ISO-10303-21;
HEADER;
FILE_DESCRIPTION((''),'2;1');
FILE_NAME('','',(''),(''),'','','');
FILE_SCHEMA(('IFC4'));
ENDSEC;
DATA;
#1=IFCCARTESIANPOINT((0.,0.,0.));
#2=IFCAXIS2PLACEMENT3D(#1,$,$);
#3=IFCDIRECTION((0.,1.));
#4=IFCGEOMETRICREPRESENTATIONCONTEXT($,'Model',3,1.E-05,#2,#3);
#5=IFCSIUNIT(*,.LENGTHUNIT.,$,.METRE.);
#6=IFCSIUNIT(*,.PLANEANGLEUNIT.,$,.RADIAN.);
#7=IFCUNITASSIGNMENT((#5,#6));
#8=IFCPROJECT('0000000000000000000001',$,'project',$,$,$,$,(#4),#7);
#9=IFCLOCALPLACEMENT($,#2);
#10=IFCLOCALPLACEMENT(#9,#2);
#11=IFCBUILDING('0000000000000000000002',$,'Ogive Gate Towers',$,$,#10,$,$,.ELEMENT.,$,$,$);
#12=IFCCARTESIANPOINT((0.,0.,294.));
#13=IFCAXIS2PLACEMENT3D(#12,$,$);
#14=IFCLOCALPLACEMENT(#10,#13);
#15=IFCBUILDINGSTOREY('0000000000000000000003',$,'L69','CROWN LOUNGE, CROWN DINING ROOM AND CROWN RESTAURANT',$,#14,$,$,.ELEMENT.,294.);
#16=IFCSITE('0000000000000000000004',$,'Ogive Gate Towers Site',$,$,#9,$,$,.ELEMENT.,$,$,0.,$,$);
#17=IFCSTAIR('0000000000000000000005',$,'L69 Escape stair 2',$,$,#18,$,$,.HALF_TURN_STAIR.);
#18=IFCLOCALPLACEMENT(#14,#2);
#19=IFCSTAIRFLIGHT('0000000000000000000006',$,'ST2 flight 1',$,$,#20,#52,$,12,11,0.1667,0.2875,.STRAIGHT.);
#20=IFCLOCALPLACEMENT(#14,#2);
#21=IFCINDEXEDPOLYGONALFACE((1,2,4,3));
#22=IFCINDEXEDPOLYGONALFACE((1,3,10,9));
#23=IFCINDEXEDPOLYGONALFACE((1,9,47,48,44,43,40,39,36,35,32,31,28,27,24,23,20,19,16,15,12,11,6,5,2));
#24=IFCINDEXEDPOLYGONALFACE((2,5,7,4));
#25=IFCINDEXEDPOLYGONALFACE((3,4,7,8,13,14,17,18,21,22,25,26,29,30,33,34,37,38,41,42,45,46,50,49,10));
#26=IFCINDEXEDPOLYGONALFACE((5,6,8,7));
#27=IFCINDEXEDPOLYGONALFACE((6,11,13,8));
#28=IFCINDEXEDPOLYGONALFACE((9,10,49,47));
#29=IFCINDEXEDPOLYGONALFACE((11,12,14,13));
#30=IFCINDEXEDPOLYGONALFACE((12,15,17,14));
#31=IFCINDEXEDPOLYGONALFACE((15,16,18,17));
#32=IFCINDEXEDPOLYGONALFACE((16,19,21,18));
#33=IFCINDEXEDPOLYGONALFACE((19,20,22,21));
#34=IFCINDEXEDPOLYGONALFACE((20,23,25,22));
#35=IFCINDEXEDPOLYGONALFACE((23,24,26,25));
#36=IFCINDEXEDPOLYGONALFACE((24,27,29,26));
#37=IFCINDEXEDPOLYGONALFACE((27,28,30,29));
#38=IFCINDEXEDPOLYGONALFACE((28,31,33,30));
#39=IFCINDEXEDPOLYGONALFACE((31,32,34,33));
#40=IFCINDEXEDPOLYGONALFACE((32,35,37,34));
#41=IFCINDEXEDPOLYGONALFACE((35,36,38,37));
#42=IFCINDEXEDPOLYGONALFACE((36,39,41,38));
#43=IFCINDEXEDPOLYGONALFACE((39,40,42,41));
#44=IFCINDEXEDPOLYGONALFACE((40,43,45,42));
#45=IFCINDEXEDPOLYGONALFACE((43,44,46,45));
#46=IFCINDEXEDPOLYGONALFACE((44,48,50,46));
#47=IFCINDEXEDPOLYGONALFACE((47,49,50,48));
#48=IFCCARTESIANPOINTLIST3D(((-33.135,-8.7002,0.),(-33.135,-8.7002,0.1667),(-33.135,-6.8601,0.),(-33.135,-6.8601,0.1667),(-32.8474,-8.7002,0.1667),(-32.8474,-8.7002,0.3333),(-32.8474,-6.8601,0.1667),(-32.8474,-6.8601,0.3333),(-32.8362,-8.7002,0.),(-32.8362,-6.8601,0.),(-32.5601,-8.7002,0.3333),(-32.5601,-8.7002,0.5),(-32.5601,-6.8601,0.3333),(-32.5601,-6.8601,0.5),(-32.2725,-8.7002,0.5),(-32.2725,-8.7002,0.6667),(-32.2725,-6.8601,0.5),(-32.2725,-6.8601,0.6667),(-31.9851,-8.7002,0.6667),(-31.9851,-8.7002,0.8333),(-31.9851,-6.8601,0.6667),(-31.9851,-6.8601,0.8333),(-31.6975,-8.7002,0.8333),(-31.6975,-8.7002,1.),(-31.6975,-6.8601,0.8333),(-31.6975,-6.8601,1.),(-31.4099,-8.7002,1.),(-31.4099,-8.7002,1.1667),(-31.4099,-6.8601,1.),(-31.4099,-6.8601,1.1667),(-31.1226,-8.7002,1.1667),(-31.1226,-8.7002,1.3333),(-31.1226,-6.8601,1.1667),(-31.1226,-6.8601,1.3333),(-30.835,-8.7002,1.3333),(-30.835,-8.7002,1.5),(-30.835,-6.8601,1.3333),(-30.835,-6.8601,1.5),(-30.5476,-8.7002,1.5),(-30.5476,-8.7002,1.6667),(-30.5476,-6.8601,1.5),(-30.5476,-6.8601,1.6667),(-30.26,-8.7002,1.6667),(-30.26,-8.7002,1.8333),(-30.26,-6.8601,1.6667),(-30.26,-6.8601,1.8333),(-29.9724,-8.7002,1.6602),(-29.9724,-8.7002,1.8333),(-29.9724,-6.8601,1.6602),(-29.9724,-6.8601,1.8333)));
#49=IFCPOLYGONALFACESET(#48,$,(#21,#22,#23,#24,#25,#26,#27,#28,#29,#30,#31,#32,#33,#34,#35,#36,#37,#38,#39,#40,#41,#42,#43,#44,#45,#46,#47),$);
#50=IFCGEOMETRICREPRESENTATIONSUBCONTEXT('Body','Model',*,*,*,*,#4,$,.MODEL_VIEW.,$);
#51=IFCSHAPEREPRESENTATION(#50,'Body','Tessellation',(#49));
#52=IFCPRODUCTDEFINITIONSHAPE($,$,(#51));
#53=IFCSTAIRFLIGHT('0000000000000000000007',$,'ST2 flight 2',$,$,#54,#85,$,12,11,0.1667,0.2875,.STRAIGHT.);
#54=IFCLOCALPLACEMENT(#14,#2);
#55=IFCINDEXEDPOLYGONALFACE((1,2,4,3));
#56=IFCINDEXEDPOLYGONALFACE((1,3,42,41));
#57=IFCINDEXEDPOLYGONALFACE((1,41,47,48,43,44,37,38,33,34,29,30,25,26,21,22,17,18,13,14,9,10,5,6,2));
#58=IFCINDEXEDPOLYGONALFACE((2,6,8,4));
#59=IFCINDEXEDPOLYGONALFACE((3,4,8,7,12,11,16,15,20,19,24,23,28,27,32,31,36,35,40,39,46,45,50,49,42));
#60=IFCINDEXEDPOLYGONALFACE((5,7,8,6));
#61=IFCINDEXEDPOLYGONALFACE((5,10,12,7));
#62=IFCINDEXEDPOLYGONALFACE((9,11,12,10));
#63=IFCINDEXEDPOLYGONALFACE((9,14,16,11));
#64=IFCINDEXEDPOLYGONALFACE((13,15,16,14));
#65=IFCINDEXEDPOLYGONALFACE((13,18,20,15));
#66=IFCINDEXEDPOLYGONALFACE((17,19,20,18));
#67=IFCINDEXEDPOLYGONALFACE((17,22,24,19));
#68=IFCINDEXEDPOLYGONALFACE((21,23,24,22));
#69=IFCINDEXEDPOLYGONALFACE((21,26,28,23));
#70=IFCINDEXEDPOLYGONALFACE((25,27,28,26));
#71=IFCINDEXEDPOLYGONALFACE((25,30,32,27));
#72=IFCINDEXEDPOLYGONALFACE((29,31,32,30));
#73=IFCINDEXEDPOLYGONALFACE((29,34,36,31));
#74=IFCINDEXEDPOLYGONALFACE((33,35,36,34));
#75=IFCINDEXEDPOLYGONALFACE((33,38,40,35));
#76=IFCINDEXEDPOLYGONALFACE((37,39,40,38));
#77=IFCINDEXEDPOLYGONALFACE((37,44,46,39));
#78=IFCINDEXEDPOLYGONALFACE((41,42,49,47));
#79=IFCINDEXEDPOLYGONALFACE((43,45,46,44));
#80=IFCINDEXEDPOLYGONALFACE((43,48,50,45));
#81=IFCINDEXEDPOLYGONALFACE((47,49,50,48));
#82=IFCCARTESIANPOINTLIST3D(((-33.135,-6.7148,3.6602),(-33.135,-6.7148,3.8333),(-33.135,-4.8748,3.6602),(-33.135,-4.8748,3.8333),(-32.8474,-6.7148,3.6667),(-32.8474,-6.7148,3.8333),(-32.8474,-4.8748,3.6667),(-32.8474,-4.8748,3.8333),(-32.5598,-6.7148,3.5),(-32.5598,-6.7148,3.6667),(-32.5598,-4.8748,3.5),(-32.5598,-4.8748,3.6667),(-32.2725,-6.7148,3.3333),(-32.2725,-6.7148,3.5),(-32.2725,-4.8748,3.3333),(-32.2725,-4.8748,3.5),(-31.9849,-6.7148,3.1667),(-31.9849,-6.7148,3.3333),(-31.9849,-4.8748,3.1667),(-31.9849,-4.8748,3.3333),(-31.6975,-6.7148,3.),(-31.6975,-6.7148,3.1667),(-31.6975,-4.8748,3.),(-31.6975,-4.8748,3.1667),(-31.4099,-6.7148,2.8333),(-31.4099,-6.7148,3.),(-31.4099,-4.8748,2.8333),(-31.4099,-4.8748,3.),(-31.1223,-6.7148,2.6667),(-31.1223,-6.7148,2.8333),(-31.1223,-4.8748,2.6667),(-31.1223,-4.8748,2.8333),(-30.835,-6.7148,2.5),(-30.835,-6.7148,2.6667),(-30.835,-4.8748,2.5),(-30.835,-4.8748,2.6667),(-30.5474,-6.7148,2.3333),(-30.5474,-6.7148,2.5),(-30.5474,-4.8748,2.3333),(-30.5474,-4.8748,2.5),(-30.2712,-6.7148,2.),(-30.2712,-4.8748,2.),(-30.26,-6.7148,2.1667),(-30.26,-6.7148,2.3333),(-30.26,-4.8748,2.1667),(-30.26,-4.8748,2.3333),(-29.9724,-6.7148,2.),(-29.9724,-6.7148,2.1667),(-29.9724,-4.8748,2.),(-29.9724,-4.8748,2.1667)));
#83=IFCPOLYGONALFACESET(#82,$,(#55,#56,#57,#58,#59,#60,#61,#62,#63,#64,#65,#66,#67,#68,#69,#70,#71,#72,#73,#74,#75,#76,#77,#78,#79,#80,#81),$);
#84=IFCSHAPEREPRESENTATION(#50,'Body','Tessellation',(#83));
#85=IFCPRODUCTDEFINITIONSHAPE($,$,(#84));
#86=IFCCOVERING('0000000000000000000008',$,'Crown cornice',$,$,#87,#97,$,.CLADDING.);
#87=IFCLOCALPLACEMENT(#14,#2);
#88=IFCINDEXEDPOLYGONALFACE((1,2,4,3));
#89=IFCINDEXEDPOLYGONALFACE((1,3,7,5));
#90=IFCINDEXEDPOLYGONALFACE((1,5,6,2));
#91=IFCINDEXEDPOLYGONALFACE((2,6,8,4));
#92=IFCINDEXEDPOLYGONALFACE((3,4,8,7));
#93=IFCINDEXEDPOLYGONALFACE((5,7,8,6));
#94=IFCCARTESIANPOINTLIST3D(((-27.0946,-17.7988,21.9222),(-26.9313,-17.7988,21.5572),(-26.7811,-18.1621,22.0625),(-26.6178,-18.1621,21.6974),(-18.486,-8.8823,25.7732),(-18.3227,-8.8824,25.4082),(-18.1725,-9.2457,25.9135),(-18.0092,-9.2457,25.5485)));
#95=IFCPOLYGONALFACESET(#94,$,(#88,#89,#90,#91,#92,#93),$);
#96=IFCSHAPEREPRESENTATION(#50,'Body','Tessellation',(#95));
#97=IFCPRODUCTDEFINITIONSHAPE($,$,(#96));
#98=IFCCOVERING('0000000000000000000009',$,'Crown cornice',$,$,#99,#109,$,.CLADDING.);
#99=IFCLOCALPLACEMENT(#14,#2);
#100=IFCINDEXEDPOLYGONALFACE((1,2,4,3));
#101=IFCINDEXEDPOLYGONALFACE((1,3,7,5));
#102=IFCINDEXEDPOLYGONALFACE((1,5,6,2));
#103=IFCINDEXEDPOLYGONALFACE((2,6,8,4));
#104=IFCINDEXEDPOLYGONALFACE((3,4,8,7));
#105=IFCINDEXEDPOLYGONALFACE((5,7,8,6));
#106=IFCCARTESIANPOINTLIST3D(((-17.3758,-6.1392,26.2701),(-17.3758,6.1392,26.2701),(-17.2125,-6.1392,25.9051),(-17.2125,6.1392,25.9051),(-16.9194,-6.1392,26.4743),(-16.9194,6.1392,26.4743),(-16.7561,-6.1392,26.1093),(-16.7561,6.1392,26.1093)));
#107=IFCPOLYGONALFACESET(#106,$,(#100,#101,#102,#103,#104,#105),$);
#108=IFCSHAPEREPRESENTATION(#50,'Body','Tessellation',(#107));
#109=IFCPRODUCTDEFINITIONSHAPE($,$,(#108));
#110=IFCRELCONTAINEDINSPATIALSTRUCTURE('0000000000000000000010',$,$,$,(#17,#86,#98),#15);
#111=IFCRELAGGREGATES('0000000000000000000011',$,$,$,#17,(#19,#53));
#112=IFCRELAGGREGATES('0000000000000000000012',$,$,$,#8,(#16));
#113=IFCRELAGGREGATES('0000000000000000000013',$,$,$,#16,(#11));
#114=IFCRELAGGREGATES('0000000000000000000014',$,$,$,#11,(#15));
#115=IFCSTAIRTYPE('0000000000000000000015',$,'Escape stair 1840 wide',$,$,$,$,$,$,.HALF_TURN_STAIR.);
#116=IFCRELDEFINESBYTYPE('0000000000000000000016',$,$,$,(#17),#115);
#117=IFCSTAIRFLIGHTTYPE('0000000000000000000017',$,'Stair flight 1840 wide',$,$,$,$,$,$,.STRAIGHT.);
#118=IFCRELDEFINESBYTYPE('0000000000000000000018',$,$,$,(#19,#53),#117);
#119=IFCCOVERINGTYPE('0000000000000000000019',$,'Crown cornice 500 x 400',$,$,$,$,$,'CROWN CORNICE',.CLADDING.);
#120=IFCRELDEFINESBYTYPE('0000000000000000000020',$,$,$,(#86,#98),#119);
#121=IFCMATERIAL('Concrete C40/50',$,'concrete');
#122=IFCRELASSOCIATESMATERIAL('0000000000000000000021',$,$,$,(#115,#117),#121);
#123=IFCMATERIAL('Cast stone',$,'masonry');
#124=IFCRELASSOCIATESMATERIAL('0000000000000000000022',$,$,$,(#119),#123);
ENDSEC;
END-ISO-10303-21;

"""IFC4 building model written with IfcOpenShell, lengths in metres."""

from ifc_helpers import new_model, si_unit, direction, frame, origin, origin_2d, place, context, subcontext, project, spatial, polyline, rectangle, outline, extrude, material, material_profile, profile_set, type_object, element, aggregate, save


model = new_model("IFC4")

# Units and contexts
model_context = context("Model", 3, precision=1e-05, world=origin(), true_north=direction((0.0, 1.0)))
body_context = subcontext(model_context, "Body", "Model", "MODEL_VIEW")
ifc_project = project(units=[si_unit("LENGTHUNIT", "METRE"), si_unit("PLANEANGLEUNIT", "RADIAN")], contexts=[model_context])

# Site, building, storey
site_placement = place(None, origin())
site = spatial("IfcSite", under=ifc_project, at=site_placement, Name="Ogive Gate Towers Site", CompositionType="ELEMENT", RefElevation=0.0)
building_placement = place(site_placement, origin())
building = spatial("IfcBuilding", under=site, at=building_placement, Name="Ogive Gate Towers", CompositionType="ELEMENT")
storey_placement = place(building_placement, frame((0.0, 0.0, 294.0)))
storey = spatial("IfcBuildingStorey", under=building, at=storey_placement, Name="L69", Description="CROWN LOUNGE, CROWN DINING ROOM AND CROWN RESTAURANT", CompositionType="ELEMENT", Elevation=294.0)

# Stair, stair flights
ifc_material_1 = material(Name="Concrete C40/50", Category="concrete")
stair_type = type_object("IfcStairType", Name="Escape stair 1840 wide", PredefinedType="HALF_TURN_STAIR", material=ifc_material_1)
stair_placement = place(storey_placement, origin())
stair = element("IfcStair", 1, at=stair_placement, inside=storey, type_object=stair_type, Name="L69 Escape stair 2", PredefinedType="HALF_TURN_STAIR")
stair_flight_type = type_object("IfcStairFlightType", Name="Stair flight 1840 wide", PredefinedType="STRAIGHT", material=ifc_material_1)
stair_flight_1_placement = place(storey_placement, frame((-33.135, -7.78, 0.0), z_axis=(0.0, 0.0, 1.0), x_axis=(1.0, 0.0, 0.0)))
stair_flight_1 = element("IfcStairFlight", 2, at=stair_flight_1_placement, type_object=stair_flight_type, Name="ST2 flight 1", NumberOfRisers=12, NumberOfTreads=11, PredefinedType="STRAIGHT", RiserHeight=0.1667, TreadLength=0.2875, context=body_context, shape_type="SweptSolid", body=[
    extrude(outline(polyline([(0.0, 0.0), (0.0, 0.1667), (0.2876, 0.1667), (0.2876, 0.3333), (0.575, 0.3333), (0.575, 0.5), (0.8625, 0.5), (0.8625, 0.6667), (1.1499, 0.6667), (1.1499, 0.8333), (1.4375, 0.8333), (1.4375, 1.0), (1.7251, 1.0), (1.7251, 1.1667), (2.0125, 1.1667), (2.0125, 1.3333), (2.3, 1.3333), (2.3, 1.5), (2.5874, 1.5), (2.5874, 1.6667), (2.875, 1.6667), (2.875, 1.8333), (3.1626, 1.8333), (3.1626, 2.0), (3.1626, 1.6602), (0.2988, 0.0), (0.0, 0.0)])), frame((0.0, 0.9199, 0.0), z_axis=(0.0, -1.0, 0.0), x_axis=(1.0, 0.0, 0.0)), (0.0, 0.0, 1.0), 1.8401),
])
stair_flight_2_placement = place(storey_placement, frame((-29.9724, -5.7949, 2.0), z_axis=(0.0, 0.0, 1.0), x_axis=(-1.0, 0.0, 0.0)))
stair_flight_2 = element("IfcStairFlight", 3, at=stair_flight_2_placement, type_object=stair_flight_type, Name="ST2 flight 2", NumberOfRisers=12, NumberOfTreads=11, PredefinedType="STRAIGHT", RiserHeight=0.1667, TreadLength=0.2875, context=body_context, shape_type="SweptSolid", body=[
    extrude(outline(polyline([(0.0, 0.0), (0.0, 0.1667), (0.2876, 0.1667), (0.2876, 0.3333), (0.575, 0.3333), (0.575, 0.5), (0.8625, 0.5), (0.8625, 0.6667), (1.1499, 0.6667), (1.1499, 0.8333), (1.4375, 0.8333), (1.4375, 1.0), (1.7251, 1.0), (1.7251, 1.1667), (2.0125, 1.1667), (2.0125, 1.3333), (2.3, 1.3333), (2.3, 1.5), (2.5874, 1.5), (2.5874, 1.6667), (2.875, 1.6667), (2.875, 1.8333), (3.1626, 1.8333), (3.1626, 2.0), (3.1626, 1.6602), (0.2988, 0.0), (0.0, 0.0)])), frame((0.0, 0.9199, 0.0), z_axis=(0.0, -1.0, 0.0), x_axis=(1.0, 0.0, 0.0)), (0.0, 0.0, 1.0), 1.8401),
])
aggregate(stair, [stair_flight_1, stair_flight_2])

# Coverings
ifc_material_2 = material(Name="Cast stone", Category="masonry")
ifc_material_profile_1 = material_profile(ifc_material_2, rectangle(XDim=0.5, YDim=0.3999, at=origin_2d()), Name="500 x 400 cast stone")
ifc_profile_set_1 = profile_set([ifc_material_profile_1], Name="Cast stone")
covering_type = type_object("IfcCoveringType", Name="Crown cornice 500 x 400", ElementType="CROWN CORNICE", PredefinedType="CLADDING", material=ifc_profile_set_1)
covering_1_placement = place(storey_placement, frame((-26.8562, -17.9805, 21.8098), z_axis=(0.663296, 0.687017, 0.296725), x_axis=(0.62712, -0.726641, 0.280559)))
element("IfcCovering", 4, at=covering_1_placement, inside=storey, type_object=covering_type, Name="Crown cornice", PredefinedType="CLADDING", context=body_context, shape_type="SweptSolid", body=[
    extrude(rectangle(XDim=0.5, YDim=0.3999, at=origin_2d()), origin(), (0.0, 0.0, 1.0), 12.9785),
])
covering_2_placement = place(storey_placement, frame((-17.0659, -6.1392, 26.1897), z_axis=(0.0, 1.0, 0.0), x_axis=(0.91282, 0.0, 0.408362)))
element("IfcCovering", 5, at=covering_2_placement, inside=storey, type_object=covering_type, Name="Crown cornice", PredefinedType="CLADDING", context=body_context, shape_type="SweptSolid", body=[
    extrude(rectangle(XDim=0.5, YDim=0.3999, at=origin_2d()), origin(), (0.0, 0.0, 1.0), 12.2783),
])

save(model, "model.ifc")
